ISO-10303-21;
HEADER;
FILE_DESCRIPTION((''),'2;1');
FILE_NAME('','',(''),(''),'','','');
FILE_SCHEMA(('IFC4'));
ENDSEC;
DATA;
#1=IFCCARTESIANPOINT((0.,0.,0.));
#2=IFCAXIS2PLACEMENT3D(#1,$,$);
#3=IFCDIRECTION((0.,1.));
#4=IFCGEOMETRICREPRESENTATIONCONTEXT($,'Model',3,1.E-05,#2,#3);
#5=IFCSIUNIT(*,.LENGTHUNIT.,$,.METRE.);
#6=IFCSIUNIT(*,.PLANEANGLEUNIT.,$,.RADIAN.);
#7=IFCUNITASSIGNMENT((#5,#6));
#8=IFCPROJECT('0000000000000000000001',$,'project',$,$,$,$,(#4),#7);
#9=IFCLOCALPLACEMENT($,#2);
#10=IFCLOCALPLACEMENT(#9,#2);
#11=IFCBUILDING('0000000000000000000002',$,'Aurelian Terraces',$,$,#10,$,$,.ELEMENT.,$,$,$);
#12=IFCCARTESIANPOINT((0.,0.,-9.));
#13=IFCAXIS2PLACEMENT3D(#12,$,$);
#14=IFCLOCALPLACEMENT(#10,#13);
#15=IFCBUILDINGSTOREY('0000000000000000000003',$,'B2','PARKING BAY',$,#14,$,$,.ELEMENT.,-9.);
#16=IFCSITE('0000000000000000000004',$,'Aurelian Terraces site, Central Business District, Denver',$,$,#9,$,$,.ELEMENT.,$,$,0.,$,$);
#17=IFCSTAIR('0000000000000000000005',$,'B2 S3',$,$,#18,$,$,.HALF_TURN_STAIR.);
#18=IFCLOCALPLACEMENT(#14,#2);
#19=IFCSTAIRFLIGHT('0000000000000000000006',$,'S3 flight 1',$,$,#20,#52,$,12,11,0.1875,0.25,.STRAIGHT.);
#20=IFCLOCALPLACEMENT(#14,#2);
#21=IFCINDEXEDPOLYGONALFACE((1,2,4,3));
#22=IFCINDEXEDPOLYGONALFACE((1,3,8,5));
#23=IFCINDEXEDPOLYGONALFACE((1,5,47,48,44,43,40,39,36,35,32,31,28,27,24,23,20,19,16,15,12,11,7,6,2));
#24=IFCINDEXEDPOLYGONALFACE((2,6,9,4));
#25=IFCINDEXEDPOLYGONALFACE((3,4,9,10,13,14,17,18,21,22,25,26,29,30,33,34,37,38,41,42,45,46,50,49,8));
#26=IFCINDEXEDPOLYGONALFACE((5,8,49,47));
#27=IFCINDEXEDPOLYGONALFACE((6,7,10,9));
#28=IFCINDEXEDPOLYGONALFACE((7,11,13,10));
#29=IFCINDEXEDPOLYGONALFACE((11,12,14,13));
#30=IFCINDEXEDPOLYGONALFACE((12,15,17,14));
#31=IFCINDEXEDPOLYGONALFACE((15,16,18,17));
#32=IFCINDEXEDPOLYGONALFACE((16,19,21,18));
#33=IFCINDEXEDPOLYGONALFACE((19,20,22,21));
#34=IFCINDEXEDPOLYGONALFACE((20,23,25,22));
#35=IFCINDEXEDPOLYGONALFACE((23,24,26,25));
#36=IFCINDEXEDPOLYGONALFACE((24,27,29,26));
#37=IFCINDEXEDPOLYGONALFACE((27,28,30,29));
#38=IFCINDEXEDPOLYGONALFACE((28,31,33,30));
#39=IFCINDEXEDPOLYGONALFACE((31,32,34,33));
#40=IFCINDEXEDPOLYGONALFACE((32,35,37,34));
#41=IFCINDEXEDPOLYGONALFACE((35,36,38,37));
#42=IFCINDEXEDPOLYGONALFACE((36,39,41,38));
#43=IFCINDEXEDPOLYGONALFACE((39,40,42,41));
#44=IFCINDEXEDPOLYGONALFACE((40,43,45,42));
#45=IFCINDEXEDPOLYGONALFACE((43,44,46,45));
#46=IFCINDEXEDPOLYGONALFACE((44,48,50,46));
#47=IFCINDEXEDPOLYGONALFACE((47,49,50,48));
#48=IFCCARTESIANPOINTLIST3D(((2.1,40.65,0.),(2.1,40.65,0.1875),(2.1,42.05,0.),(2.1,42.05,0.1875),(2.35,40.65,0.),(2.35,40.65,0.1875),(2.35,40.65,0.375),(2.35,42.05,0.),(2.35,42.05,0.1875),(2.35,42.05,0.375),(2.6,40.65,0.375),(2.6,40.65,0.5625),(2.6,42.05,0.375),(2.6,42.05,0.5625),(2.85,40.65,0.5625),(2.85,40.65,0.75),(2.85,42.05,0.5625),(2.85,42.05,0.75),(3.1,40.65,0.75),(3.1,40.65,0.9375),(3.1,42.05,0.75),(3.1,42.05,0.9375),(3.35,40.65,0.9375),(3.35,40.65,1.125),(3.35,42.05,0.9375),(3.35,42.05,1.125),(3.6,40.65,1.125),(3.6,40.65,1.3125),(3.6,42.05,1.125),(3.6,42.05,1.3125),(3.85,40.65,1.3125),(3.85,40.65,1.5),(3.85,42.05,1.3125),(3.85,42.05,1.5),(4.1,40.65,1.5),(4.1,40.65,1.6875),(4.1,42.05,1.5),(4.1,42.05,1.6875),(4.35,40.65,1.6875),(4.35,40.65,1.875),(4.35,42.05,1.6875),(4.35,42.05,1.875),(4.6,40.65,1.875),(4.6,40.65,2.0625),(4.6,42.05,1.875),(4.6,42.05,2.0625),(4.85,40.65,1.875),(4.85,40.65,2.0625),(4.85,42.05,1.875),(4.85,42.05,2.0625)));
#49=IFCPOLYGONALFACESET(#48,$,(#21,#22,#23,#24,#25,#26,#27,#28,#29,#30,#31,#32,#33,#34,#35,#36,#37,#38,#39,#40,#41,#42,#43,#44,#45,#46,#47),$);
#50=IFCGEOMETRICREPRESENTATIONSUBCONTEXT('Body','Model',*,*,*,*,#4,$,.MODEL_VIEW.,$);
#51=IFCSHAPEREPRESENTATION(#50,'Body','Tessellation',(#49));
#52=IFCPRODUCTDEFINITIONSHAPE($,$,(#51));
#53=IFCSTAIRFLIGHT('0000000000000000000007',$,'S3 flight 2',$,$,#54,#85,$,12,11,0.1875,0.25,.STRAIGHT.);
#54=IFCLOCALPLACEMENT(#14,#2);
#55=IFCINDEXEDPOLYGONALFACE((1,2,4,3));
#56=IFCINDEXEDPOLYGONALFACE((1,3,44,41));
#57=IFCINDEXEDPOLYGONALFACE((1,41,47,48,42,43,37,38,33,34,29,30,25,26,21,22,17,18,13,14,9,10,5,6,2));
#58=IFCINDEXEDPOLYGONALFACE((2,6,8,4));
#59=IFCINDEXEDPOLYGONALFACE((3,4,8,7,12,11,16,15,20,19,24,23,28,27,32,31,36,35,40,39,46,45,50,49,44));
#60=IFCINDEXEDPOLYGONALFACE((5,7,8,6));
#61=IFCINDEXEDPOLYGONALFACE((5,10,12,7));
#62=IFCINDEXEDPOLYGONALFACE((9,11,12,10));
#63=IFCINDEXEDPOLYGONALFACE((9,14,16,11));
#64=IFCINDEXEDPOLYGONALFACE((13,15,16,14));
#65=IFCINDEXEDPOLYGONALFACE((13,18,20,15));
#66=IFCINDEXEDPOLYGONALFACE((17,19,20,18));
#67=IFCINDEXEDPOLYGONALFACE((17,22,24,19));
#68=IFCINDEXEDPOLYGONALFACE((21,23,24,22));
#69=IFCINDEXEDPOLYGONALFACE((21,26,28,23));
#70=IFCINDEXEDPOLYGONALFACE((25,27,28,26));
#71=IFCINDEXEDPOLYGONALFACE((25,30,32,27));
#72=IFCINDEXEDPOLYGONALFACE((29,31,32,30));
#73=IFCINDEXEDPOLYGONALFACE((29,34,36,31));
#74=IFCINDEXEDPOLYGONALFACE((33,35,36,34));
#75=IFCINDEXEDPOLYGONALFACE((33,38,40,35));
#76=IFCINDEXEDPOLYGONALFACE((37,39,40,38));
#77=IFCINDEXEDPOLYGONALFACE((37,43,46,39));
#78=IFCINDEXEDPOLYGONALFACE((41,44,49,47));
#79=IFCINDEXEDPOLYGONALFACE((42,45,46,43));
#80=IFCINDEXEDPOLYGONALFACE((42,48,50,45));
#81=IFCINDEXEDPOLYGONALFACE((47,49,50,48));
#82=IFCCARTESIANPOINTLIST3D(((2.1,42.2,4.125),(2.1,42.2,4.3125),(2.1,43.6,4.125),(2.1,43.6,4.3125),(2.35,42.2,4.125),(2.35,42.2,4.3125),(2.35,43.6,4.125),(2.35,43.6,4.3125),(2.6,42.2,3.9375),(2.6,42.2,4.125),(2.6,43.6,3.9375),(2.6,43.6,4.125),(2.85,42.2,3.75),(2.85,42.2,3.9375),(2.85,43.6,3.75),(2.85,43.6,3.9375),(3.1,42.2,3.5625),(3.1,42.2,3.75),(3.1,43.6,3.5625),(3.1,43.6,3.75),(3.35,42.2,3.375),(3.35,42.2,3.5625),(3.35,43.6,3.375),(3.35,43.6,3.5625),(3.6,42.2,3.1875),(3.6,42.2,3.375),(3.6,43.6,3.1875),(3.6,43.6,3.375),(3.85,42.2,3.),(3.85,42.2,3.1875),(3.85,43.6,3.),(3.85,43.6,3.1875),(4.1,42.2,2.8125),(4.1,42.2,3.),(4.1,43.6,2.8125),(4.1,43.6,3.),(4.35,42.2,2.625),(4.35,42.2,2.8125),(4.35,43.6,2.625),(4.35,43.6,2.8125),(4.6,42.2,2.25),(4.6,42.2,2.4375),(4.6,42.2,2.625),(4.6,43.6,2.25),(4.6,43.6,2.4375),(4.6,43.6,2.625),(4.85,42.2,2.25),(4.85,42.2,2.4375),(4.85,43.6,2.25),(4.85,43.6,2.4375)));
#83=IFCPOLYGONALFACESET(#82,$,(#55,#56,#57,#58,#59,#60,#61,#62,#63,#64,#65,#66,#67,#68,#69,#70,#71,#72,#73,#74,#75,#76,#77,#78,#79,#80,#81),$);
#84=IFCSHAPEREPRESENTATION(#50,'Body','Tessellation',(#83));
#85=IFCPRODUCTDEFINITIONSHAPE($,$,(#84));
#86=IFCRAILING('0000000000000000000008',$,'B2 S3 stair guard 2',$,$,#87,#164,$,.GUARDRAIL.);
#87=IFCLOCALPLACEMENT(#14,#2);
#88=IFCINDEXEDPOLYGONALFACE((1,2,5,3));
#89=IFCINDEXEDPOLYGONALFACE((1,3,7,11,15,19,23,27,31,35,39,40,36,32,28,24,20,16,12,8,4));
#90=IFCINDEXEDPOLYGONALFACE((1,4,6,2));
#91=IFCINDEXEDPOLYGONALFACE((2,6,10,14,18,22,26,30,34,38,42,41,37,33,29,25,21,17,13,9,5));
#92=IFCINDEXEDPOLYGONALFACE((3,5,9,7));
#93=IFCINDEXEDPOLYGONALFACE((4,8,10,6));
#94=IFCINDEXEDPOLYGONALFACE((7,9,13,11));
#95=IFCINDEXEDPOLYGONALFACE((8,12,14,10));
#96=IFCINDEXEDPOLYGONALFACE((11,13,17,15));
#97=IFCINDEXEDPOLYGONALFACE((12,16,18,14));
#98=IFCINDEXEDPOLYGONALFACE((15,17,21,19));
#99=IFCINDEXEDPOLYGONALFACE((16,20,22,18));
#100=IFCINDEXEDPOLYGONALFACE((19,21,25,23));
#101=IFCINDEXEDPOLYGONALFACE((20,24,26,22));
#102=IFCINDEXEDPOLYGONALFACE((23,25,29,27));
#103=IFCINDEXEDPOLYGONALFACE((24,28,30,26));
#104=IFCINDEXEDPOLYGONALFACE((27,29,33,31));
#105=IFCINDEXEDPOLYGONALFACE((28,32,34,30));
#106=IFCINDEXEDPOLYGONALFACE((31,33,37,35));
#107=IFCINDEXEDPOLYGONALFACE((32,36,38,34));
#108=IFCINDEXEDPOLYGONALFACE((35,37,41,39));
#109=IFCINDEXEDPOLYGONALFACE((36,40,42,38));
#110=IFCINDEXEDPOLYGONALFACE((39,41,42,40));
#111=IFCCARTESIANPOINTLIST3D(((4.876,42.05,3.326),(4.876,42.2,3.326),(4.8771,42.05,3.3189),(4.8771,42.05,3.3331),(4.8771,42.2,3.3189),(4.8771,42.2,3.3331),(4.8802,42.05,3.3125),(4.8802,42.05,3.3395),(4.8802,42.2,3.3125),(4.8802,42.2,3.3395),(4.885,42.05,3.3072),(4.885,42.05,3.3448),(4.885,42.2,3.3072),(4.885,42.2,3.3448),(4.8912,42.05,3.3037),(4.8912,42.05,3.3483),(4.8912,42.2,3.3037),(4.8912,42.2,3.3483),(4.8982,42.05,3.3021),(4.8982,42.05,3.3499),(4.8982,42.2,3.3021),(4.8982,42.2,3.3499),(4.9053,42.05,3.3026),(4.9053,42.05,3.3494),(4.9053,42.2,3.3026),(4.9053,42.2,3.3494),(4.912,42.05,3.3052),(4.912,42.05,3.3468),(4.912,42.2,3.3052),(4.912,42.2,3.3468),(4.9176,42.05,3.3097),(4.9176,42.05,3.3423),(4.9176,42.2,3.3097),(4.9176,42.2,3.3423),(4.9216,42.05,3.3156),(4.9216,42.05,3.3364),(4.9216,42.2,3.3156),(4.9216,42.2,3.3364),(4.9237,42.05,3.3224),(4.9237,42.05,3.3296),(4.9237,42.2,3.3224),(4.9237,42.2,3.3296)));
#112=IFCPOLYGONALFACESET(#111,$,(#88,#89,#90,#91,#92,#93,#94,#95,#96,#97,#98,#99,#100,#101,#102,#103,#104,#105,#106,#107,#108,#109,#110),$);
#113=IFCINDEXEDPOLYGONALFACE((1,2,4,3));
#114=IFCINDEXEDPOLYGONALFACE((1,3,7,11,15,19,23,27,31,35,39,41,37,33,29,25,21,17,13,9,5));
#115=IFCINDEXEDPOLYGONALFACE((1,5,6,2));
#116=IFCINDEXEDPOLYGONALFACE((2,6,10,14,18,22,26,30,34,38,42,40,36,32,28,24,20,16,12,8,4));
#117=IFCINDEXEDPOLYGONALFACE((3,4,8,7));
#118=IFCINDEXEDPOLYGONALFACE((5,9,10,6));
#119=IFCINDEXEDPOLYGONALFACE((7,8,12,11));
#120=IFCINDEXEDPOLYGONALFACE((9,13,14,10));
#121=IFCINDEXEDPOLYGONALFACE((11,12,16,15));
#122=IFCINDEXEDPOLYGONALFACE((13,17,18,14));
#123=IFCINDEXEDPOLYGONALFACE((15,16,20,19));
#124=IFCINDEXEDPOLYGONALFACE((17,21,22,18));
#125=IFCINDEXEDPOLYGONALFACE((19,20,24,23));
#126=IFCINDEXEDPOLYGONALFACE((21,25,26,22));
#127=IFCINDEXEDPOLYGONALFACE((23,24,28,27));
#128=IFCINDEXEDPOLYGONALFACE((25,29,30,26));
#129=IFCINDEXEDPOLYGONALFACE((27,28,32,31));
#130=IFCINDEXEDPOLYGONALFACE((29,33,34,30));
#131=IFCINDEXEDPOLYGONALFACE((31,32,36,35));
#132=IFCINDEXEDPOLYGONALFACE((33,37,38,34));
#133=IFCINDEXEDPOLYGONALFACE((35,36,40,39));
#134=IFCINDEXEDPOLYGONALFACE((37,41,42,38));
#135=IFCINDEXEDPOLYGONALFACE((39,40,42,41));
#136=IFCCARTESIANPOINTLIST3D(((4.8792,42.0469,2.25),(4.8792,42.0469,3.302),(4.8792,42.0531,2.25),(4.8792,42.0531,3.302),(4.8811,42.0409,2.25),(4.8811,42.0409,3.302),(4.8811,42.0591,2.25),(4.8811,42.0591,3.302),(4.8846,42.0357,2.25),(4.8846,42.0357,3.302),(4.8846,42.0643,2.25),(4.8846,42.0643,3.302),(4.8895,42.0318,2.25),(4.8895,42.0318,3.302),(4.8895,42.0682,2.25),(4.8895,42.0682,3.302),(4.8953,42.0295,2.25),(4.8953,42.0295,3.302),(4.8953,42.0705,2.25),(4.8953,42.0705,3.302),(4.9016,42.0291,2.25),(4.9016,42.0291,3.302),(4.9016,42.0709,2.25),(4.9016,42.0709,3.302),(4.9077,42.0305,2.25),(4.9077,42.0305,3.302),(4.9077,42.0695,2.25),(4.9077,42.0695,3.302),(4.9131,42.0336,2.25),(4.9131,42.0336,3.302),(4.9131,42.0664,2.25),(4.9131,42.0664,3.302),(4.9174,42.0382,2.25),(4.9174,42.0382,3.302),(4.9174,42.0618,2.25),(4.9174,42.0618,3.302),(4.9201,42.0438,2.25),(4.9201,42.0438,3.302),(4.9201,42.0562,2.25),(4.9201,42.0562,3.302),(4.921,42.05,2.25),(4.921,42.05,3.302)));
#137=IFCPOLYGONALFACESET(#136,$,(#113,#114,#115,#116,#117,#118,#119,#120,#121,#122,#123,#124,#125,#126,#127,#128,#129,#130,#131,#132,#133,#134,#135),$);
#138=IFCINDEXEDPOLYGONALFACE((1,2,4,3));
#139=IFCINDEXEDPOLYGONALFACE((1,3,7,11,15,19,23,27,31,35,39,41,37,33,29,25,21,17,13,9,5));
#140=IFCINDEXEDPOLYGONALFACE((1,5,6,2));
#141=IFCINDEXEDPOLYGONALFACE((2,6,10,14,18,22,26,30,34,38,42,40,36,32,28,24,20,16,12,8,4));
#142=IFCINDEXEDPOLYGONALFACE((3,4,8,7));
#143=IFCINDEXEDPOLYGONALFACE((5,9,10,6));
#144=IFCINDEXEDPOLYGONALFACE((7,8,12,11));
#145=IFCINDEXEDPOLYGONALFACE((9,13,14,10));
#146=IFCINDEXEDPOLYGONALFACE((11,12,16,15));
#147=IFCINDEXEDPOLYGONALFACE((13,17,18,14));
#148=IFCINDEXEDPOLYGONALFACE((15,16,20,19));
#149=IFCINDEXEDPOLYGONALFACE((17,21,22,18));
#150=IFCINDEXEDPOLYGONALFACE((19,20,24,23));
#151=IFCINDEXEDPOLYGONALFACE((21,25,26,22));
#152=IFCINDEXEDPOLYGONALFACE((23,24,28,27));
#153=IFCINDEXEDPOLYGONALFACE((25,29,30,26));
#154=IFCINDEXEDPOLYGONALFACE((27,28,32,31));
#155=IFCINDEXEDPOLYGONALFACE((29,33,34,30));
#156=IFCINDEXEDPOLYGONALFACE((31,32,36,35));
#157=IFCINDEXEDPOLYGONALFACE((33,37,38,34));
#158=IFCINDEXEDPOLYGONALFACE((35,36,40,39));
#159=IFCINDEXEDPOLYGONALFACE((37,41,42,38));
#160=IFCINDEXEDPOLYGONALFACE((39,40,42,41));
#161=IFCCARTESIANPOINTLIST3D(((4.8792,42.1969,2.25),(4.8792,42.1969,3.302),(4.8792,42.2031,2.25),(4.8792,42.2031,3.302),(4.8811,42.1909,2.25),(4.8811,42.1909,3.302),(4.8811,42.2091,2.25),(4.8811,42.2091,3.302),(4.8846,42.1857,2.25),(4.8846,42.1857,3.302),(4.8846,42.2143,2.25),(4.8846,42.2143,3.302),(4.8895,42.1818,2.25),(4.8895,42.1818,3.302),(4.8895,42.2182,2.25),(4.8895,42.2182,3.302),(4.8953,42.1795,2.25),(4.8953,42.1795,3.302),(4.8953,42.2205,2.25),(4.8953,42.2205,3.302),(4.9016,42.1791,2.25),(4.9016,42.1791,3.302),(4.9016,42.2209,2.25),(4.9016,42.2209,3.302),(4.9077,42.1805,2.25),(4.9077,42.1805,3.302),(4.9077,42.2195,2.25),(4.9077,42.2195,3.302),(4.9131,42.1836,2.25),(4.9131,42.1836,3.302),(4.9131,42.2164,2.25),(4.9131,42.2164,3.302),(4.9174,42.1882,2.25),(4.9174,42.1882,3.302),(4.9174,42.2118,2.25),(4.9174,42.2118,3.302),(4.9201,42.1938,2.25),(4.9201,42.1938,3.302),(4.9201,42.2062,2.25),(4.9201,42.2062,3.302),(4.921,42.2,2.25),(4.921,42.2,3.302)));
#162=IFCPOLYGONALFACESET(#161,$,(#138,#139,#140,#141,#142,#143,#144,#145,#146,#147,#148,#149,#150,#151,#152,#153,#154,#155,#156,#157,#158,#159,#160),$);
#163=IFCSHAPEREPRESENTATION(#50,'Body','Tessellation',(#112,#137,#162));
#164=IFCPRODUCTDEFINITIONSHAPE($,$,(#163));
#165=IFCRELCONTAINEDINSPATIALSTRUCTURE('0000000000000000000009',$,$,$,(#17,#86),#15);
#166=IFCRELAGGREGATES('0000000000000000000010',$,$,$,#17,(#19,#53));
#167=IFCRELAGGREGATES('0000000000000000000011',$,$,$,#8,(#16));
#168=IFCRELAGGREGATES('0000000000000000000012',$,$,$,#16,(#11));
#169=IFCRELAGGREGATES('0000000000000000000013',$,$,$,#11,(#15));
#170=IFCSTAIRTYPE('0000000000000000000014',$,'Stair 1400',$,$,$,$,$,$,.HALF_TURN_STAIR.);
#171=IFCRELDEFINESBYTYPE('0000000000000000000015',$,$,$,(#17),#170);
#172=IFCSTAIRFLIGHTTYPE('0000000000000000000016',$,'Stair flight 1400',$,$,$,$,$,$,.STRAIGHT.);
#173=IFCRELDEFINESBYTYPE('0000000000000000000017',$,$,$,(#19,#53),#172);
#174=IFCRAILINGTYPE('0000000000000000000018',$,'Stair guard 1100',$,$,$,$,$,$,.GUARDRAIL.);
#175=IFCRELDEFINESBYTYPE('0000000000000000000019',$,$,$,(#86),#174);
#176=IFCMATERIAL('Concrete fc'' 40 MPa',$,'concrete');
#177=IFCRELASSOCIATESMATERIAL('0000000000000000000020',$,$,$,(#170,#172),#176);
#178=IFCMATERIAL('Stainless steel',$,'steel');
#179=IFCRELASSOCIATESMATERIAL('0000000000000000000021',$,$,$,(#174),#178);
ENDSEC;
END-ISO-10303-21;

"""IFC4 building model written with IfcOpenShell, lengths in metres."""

from ifc_helpers import new_model, si_unit, direction, frame, origin, origin_2d, place, context, subcontext, project, spatial, polyline, circle, outline, extrude, source, transform, mapped, material, type_object, element, aggregate, save


model = new_model("IFC4")

# Units and contexts
model_context = context("Model", 3, precision=1e-05, world=origin(), true_north=direction((0.0, 1.0)))
body_context = subcontext(model_context, "Body", "Model", "MODEL_VIEW")
ifc_project = project(units=[si_unit("LENGTHUNIT", "METRE"), si_unit("PLANEANGLEUNIT", "RADIAN")], contexts=[model_context])

# Site, building, storey
site_placement = place(None, origin())
site = spatial("IfcSite", under=ifc_project, at=site_placement, Name="Aurelian Terraces site, Central Business District, Denver", CompositionType="ELEMENT", RefElevation=0.0)
building_placement = place(site_placement, origin())
building = spatial("IfcBuilding", under=site, at=building_placement, Name="Aurelian Terraces", CompositionType="ELEMENT")
storey_placement = place(building_placement, frame((0.0, 0.0, -9.0)))
storey = spatial("IfcBuildingStorey", under=building, at=storey_placement, Name="B2", Description="PARKING BAY", CompositionType="ELEMENT", Elevation=-9.0)

# Shared definitions
ifc_material_1 = material(Name="Concrete fc' 40 MPa", Category="concrete")

# Stair, stair flights
stair_type = type_object("IfcStairType", Name="Stair 1400", PredefinedType="HALF_TURN_STAIR", material=ifc_material_1)
stair_placement = place(storey_placement, origin())
stair = element("IfcStair", 1, at=stair_placement, inside=storey, type_object=stair_type, Name="B2 S3", PredefinedType="HALF_TURN_STAIR")
stair_flight_type = type_object("IfcStairFlightType", Name="Stair flight 1400", PredefinedType="STRAIGHT", material=ifc_material_1)
shared_shape_1 = source(origin(), body_context, "Body", "SweptSolid", [
    extrude(outline(polyline([(0.0, 0.0), (0.0, 0.1875), (0.25, 0.1875), (0.25, 0.375), (0.5, 0.375), (0.5, 0.5625), (0.75, 0.5625), (0.75, 0.75), (1.0, 0.75), (1.0, 0.9375), (1.25, 0.9375), (1.25, 1.125), (1.5, 1.125), (1.5, 1.3125), (1.75, 1.3125), (1.75, 1.5), (2.0, 1.5), (2.0, 1.6875), (2.25, 1.6875), (2.25, 1.875), (2.5, 1.875), (2.5, 2.0625), (2.75, 2.0625), (2.75, 2.25), (2.75, 1.875), (0.25, 0.0), (0.0, 0.0)])), frame((0.0, 0.7, 0.0), z_axis=(0.0, -1.0, 0.0), x_axis=(1.0, 0.0, 0.0)), (0.0, 0.0, 1.0), 1.4),
])
stair_flight_1_placement = place(storey_placement, frame((2.1, 41.35, 0.0), z_axis=(0.0, 0.0, 1.0), x_axis=(1.0, 0.0, 0.0)))
stair_flight_1 = element("IfcStairFlight", 2, at=stair_flight_1_placement, type_object=stair_flight_type, Name="S3 flight 1", NumberOfRisers=12, NumberOfTreads=11, PredefinedType="STRAIGHT", RiserHeight=0.1875, TreadLength=0.25, context=body_context, shape_type="MappedRepresentation", body=[
    mapped(shared_shape_1, transform((0.0, 0.0, 0.0), scale=1.0)),
])
stair_flight_2_placement = place(storey_placement, frame((4.85, 42.9, 2.25), z_axis=(0.0, 0.0, 1.0), x_axis=(-1.0, 0.0, 0.0)))
stair_flight_2 = element("IfcStairFlight", 3, at=stair_flight_2_placement, type_object=stair_flight_type, Name="S3 flight 2", NumberOfRisers=12, NumberOfTreads=11, PredefinedType="STRAIGHT", RiserHeight=0.1875, TreadLength=0.25, context=body_context, shape_type="MappedRepresentation", body=[
    mapped(shared_shape_1, transform((0.0, 0.0, 0.0), scale=1.0)),
])
aggregate(stair, [stair_flight_1, stair_flight_2])

# Railing
ifc_material_2 = material(Name="Stainless steel", Category="steel")
railing_type_1 = type_object("IfcRailingType", Name="Stair guard 1100", PredefinedType="GUARDRAIL", material=ifc_material_2)
shared_shape_2 = source(origin(), body_context, "Body", "SweptSolid", [
    extrude(circle(Radius=0.024, at=origin_2d()), frame((0.0, 0.0, 1.076), z_axis=(0.0, 1.0, 0.0), x_axis=(-1.0, 0.0, 0.0)), (0.0, 0.0, 1.0), 0.15),
    extrude(circle(Radius=0.021, at=origin_2d()), origin(), (0.0, 0.0, 1.0), 1.052),
    extrude(circle(Radius=0.021, at=origin_2d()), frame((0.0, 0.15, 0.0)), (0.0, 0.0, 1.0), 1.052),
])
for number, where, name in (
    (4, (4.9, 42.05, 2.25), "B2 S3 stair guard 2"),
):
    element("IfcRailing", number, at=place(storey_placement, frame(where)), inside=storey, type_object=railing_type_1, Name=name, PredefinedType="GUARDRAIL", context=body_context, shape_type="MappedRepresentation", body=[
        mapped(shared_shape_2, transform((0.0, 0.0, 0.0), scale=1.0)),
    ])

save(model, "model.ifc")
